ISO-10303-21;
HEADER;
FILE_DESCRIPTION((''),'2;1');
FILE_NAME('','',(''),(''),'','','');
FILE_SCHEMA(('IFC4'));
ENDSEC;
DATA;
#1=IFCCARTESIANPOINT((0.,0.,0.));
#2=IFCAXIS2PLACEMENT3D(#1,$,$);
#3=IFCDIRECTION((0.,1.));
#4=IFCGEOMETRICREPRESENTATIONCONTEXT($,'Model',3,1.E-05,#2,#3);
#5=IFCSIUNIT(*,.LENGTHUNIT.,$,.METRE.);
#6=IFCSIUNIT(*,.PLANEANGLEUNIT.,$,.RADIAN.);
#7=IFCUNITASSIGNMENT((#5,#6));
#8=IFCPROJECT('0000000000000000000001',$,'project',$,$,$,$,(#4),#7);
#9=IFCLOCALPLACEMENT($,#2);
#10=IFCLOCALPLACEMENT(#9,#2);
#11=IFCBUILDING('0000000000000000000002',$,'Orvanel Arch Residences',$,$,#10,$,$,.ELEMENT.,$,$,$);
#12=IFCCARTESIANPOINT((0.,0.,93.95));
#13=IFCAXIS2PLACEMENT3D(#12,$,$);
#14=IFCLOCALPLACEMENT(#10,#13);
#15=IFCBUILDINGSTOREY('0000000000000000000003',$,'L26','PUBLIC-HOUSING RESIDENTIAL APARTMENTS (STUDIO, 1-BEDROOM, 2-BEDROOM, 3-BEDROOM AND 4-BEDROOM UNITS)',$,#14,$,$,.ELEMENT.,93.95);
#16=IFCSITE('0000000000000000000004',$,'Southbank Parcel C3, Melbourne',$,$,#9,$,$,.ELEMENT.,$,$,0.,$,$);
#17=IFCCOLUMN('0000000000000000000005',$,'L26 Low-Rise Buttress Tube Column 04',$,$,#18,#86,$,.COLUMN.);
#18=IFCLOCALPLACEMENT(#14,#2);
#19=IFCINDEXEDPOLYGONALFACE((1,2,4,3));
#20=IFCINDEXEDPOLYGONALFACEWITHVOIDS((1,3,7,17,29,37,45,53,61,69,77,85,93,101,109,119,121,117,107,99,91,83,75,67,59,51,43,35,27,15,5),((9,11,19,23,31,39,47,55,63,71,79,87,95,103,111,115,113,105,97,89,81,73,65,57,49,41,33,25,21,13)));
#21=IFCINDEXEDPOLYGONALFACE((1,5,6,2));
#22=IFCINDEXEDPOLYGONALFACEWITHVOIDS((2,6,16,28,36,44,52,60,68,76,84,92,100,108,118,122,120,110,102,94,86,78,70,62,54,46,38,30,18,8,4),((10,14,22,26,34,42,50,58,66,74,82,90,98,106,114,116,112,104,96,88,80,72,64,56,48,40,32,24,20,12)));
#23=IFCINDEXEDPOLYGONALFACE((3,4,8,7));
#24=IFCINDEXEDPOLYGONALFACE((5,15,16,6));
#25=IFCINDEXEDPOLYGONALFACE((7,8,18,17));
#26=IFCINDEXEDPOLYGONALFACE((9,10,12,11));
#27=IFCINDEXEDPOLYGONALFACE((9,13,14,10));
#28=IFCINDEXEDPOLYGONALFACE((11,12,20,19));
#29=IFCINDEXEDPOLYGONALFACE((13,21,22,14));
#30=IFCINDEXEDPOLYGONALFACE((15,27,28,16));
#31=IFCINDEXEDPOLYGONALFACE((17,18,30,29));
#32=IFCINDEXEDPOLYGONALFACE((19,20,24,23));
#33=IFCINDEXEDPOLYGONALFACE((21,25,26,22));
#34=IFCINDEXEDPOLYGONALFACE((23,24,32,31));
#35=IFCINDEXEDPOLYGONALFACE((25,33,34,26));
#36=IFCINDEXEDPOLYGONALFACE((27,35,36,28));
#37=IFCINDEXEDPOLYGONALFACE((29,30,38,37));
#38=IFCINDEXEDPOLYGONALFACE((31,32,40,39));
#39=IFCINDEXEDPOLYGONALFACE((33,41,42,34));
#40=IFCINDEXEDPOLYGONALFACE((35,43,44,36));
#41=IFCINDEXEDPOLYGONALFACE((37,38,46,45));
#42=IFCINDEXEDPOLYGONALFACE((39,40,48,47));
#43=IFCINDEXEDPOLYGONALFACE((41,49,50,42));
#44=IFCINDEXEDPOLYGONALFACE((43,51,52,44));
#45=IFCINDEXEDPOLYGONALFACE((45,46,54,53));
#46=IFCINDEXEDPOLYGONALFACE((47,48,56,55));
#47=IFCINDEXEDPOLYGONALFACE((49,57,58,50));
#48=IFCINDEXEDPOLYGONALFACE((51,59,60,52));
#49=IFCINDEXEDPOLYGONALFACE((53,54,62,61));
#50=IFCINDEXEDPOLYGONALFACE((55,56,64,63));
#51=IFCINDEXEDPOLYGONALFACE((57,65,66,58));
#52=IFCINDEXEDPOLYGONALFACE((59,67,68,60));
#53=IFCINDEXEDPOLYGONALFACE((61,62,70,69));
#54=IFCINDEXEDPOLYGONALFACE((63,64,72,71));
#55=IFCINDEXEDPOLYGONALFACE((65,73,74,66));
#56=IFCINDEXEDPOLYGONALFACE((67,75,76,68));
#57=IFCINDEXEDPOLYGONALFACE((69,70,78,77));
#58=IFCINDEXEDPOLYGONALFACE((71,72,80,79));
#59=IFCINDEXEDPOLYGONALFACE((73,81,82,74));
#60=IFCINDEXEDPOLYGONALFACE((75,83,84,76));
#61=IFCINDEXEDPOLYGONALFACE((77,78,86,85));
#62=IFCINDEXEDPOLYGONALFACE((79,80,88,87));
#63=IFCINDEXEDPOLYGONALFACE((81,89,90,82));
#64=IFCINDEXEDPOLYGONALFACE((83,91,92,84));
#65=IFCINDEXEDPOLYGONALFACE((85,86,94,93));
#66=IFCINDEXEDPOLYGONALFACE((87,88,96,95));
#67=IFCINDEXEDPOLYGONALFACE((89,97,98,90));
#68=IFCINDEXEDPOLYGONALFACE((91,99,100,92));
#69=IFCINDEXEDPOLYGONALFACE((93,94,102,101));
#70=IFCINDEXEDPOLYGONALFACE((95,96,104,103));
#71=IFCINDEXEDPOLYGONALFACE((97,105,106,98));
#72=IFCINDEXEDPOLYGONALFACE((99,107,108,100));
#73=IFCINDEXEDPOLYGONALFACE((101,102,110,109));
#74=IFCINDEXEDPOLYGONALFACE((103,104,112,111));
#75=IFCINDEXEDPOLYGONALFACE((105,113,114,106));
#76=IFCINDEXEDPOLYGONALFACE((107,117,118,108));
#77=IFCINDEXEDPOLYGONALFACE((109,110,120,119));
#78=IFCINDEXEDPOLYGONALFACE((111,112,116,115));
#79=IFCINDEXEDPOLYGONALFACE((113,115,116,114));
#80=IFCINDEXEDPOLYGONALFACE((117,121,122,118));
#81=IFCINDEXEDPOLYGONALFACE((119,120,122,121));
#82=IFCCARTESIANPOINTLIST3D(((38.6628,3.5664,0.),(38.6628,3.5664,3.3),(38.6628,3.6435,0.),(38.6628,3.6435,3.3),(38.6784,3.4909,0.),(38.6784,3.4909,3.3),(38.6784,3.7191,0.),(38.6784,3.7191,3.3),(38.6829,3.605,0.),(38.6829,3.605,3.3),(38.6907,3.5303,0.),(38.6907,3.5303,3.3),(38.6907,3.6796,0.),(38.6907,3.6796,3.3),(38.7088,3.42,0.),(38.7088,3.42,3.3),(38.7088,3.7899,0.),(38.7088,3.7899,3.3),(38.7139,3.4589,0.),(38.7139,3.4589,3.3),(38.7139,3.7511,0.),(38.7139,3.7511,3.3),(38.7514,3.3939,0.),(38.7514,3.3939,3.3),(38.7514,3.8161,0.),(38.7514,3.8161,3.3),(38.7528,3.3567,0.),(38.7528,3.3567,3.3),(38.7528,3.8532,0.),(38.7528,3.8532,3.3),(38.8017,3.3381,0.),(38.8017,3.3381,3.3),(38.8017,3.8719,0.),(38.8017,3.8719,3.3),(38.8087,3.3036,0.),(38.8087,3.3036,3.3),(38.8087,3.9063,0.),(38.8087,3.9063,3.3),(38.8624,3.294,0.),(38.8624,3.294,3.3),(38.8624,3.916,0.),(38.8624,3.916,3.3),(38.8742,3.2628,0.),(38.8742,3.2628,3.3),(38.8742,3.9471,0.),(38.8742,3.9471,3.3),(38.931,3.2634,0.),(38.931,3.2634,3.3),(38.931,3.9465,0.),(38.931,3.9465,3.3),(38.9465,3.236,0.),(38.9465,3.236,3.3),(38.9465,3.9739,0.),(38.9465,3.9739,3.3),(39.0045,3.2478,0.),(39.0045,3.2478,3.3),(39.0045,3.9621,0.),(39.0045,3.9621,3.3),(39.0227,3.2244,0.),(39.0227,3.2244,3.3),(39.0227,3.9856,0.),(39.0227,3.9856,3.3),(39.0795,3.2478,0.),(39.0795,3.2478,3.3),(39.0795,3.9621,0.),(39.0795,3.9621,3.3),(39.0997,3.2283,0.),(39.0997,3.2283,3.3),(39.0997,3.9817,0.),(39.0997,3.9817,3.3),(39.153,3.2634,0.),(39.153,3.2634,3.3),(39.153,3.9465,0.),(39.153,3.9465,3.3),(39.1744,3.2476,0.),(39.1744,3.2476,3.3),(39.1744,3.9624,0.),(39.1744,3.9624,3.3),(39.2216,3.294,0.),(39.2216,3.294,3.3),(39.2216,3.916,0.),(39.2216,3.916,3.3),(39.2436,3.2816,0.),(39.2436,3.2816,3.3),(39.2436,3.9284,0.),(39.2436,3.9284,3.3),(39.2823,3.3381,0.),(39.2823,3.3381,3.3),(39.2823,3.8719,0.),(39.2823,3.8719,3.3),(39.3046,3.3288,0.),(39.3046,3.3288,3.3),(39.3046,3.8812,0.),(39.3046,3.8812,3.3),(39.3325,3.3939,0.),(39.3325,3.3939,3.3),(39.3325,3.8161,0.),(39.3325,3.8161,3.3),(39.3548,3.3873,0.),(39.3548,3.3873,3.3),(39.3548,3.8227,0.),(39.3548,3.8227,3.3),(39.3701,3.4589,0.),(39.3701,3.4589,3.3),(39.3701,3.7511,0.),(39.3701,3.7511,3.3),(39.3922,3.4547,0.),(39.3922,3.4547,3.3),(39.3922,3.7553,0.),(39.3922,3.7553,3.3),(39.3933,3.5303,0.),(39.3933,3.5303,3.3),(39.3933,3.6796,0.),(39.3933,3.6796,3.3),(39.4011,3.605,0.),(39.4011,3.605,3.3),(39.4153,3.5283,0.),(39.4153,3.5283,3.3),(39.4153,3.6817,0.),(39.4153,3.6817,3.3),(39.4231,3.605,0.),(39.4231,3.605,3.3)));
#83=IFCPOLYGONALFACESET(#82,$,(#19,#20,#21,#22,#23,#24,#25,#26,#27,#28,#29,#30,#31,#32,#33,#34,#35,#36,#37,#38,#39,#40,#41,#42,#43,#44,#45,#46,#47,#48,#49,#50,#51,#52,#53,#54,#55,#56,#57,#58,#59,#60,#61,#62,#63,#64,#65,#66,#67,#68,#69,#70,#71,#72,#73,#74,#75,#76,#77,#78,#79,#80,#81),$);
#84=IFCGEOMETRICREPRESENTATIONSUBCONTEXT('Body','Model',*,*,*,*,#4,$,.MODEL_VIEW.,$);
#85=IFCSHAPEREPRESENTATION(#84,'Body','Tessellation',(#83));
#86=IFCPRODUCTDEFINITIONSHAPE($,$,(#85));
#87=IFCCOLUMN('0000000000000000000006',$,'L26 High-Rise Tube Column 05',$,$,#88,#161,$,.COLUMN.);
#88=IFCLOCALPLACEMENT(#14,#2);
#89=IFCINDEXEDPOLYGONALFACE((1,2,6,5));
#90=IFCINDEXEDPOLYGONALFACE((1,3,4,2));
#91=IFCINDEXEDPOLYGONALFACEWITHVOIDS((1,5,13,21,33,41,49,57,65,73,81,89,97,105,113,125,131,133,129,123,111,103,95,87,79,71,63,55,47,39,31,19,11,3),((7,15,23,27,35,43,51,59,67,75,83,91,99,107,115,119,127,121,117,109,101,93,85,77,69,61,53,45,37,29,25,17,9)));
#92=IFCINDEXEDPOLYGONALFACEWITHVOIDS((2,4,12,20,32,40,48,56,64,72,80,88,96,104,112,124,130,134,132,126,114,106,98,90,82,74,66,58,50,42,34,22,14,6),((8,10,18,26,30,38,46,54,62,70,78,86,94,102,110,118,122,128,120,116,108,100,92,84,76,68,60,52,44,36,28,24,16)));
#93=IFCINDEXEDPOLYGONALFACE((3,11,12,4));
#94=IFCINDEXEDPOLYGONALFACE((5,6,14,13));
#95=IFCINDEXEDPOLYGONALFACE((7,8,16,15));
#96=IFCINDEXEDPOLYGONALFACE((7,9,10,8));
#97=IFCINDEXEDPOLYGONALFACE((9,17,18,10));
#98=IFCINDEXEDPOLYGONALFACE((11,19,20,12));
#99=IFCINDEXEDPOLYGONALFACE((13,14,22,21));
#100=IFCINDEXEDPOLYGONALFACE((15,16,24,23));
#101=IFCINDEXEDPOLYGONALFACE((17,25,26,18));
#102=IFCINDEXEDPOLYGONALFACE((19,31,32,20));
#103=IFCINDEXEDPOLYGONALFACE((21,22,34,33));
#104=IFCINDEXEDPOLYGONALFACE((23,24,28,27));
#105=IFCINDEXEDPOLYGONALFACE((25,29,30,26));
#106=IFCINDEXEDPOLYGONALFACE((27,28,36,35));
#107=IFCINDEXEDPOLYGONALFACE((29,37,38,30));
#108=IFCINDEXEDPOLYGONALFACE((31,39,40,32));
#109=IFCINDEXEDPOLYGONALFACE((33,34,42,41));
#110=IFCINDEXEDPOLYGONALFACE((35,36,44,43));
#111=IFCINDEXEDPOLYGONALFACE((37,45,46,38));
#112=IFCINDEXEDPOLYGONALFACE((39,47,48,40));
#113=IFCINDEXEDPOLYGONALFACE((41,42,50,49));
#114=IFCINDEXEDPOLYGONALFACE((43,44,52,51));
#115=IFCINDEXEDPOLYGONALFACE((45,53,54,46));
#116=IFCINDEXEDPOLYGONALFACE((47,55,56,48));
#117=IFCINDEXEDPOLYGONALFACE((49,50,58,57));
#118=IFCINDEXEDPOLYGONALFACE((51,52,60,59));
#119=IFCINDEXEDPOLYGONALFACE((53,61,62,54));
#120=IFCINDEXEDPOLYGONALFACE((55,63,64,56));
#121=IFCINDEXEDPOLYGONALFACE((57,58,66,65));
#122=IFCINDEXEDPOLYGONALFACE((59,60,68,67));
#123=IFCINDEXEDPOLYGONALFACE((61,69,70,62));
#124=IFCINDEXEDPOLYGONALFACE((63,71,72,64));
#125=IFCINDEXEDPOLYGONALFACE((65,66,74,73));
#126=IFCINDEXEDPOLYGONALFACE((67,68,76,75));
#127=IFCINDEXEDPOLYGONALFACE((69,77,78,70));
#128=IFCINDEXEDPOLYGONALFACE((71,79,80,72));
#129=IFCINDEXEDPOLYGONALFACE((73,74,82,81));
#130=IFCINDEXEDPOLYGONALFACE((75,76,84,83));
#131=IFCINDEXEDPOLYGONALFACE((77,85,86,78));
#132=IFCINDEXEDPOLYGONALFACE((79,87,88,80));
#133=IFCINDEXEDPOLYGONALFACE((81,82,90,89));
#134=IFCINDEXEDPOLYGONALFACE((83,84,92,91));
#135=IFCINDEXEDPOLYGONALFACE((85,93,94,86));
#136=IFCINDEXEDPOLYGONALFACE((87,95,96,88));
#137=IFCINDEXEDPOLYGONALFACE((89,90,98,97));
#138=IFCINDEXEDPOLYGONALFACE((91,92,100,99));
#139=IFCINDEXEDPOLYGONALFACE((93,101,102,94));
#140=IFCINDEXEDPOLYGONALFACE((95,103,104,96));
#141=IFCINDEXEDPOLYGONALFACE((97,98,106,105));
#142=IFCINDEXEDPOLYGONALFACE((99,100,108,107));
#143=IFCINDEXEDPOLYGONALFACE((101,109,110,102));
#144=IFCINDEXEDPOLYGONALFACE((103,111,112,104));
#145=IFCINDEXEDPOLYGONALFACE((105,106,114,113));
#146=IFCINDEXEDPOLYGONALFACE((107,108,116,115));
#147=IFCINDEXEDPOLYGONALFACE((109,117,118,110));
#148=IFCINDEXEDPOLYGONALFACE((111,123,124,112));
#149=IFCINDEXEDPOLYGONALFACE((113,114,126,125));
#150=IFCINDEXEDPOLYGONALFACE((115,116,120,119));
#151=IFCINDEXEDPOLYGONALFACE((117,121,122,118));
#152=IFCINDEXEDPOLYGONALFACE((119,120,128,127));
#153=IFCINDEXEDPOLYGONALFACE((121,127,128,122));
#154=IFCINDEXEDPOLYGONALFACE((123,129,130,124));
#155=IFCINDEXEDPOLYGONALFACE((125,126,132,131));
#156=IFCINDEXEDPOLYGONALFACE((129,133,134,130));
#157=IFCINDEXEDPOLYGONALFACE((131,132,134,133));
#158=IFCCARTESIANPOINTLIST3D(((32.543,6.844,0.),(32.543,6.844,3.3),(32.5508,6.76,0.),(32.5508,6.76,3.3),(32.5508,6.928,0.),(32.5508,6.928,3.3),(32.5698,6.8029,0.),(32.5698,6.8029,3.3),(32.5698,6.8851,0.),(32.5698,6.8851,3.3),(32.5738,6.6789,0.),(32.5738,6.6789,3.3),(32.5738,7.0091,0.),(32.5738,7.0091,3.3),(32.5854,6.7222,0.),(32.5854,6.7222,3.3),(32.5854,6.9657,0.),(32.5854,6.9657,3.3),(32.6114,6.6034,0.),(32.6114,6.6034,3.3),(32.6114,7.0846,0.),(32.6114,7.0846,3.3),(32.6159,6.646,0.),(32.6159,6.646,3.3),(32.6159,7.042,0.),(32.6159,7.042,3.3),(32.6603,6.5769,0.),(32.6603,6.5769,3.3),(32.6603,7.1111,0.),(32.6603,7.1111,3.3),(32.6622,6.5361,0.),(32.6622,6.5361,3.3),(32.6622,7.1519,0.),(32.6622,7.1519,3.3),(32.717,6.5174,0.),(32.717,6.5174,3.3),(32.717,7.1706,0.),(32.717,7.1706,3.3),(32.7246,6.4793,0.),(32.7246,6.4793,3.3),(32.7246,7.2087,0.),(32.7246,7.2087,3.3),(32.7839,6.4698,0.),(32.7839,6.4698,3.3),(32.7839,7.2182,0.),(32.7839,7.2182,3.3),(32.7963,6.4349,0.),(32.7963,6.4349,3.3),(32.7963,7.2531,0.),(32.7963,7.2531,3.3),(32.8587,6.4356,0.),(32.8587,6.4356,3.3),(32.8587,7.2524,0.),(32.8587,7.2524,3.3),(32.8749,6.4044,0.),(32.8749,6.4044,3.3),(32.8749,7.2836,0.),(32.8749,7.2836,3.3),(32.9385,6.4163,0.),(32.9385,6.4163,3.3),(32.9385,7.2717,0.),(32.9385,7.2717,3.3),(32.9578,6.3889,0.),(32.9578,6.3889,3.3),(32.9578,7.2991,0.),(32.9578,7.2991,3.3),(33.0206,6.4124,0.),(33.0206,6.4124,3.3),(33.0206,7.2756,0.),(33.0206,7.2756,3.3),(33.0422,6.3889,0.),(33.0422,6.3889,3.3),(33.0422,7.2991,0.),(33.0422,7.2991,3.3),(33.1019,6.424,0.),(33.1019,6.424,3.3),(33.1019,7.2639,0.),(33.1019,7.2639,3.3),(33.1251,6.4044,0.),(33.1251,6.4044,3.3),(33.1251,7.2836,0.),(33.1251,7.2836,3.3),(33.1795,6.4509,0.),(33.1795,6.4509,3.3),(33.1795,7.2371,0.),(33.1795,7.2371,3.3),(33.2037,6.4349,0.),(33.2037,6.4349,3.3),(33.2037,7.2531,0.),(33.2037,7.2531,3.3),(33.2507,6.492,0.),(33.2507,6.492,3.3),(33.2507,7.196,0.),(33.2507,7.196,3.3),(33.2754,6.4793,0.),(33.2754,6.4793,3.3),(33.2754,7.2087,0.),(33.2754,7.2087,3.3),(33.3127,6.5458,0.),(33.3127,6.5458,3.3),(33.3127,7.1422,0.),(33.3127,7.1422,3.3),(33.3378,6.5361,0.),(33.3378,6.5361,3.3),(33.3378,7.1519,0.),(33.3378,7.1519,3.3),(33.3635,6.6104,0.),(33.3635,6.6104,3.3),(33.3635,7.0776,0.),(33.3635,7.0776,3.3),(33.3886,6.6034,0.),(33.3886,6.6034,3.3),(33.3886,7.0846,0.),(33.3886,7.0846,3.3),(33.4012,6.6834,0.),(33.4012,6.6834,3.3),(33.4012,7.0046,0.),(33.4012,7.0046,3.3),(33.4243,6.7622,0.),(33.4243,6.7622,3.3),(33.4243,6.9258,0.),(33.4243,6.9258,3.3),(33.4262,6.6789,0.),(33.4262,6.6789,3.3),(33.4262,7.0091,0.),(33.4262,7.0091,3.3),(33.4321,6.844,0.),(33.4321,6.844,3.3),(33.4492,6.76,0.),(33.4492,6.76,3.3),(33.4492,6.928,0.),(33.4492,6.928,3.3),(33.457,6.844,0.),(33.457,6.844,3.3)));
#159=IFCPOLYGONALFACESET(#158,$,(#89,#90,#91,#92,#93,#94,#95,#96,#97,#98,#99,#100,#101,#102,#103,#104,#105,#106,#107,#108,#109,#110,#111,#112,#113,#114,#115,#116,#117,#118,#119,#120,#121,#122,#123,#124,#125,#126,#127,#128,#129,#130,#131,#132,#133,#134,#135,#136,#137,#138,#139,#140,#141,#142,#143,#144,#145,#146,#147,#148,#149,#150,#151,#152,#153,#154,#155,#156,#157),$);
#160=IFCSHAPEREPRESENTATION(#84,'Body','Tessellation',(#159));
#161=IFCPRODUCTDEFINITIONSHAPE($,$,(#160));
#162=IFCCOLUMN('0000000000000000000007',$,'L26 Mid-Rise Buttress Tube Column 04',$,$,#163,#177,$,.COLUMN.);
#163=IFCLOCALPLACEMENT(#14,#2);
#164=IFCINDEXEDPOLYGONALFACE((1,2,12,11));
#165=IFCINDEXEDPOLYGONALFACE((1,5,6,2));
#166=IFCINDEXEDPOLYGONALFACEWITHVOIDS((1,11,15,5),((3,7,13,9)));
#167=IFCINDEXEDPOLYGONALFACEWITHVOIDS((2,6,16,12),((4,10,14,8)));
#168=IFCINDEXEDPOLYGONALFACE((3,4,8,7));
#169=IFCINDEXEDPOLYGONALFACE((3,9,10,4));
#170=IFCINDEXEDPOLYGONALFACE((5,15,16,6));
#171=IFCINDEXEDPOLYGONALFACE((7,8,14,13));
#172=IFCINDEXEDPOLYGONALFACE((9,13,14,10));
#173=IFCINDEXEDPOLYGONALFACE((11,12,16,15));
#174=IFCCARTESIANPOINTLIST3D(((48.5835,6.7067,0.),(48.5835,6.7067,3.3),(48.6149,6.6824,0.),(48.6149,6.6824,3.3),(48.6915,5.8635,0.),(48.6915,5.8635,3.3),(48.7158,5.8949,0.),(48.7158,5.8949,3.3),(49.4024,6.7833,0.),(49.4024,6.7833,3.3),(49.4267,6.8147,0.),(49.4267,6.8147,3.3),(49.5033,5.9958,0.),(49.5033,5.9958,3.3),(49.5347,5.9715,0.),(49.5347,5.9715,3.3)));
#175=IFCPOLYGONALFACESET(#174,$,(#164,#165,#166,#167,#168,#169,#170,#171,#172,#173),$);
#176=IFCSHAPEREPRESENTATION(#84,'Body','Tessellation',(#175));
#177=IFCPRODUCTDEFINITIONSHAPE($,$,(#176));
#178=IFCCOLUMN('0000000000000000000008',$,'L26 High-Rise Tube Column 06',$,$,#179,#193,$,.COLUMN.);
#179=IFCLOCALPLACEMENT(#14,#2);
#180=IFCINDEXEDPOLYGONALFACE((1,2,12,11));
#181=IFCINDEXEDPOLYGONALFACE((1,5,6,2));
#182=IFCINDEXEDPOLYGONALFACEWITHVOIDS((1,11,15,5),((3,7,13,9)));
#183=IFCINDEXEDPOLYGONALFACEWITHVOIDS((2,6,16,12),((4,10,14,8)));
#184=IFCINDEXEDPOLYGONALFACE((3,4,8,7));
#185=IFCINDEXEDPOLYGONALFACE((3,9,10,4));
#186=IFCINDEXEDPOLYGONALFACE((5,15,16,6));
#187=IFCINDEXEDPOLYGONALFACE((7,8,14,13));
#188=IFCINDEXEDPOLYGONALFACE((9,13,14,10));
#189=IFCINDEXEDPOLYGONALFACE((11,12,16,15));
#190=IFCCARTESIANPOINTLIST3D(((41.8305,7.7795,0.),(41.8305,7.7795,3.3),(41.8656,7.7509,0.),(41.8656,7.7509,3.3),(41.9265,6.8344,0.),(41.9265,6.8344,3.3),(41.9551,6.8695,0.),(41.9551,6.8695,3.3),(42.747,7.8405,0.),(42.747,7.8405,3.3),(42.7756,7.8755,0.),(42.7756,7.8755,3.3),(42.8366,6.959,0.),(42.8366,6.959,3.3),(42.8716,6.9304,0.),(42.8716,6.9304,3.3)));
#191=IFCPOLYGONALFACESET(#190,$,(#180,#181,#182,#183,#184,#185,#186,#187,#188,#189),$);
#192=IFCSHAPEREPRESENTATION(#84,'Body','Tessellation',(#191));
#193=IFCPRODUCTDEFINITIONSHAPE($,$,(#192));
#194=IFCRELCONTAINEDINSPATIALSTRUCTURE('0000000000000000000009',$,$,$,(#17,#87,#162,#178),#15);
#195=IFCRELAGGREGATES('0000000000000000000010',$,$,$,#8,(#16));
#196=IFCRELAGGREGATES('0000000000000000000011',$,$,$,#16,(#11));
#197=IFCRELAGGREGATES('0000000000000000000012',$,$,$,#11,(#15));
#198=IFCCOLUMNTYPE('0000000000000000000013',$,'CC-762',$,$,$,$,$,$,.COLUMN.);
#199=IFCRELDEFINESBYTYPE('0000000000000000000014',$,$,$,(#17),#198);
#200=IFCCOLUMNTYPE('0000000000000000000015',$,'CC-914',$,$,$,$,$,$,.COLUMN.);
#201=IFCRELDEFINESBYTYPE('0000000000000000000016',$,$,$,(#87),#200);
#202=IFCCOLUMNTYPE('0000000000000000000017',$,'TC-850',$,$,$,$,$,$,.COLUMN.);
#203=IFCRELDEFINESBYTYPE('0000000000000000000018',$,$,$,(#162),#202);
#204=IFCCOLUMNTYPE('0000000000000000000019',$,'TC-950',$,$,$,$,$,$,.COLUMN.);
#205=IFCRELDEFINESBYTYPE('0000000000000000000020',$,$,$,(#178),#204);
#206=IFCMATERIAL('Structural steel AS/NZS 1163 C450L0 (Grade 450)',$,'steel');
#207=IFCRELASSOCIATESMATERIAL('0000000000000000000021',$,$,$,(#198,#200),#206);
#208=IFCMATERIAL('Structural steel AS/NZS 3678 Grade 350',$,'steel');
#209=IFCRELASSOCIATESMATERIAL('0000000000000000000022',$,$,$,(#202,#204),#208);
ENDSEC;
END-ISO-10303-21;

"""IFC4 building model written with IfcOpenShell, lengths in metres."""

from ifc_helpers import new_model, si_unit, direction, frame, origin, origin_2d, place, context, subcontext, project, spatial, hollow_rectangle, hollow_circle, extrude, material, material_profile, profile_set, type_object, element, save


model = new_model("IFC4")

# Units and contexts
model_context = context("Model", 3, precision=1e-05, world=origin(), true_north=direction((0.0, 1.0)))
body_context = subcontext(model_context, "Body", "Model", "MODEL_VIEW")
ifc_project = project(units=[si_unit("LENGTHUNIT", "METRE"), si_unit("PLANEANGLEUNIT", "RADIAN")], contexts=[model_context])

# Site, building, storey
site_placement = place(None, origin())
site = spatial("IfcSite", under=ifc_project, at=site_placement, Name="Southbank Parcel C3, Melbourne", CompositionType="ELEMENT", RefElevation=0.0)
building_placement = place(site_placement, origin())
building = spatial("IfcBuilding", under=site, at=building_placement, Name="Orvanel Arch Residences", CompositionType="ELEMENT")
storey_placement = place(building_placement, frame((0.0, 0.0, 93.95)))
storey = spatial("IfcBuildingStorey", under=building, at=storey_placement, Name="L26", Description="PUBLIC-HOUSING RESIDENTIAL APARTMENTS (STUDIO, 1-BEDROOM, 2-BEDROOM, 3-BEDROOM AND 4-BEDROOM UNITS)", CompositionType="ELEMENT", Elevation=93.95)

# Columns
ifc_material_1 = material(Name="Structural steel AS/NZS 1163 C450L0 (Grade 450)", Category="steel")
ifc_material_profile_1 = material_profile(ifc_material_1, hollow_circle(Radius=0.3811, WallThickness=0.022, at=origin_2d()), Name="CHS762x22")
ifc_profile_set_1 = profile_set([ifc_material_profile_1], Name="Structural steel AS/NZS 1163 C450L0 (Grade 450)")
column_type_1 = type_object("IfcColumnType", Name="CC-762", PredefinedType="COLUMN", material=ifc_profile_set_1)
column_1_placement = place(storey_placement, frame((39.042, 3.605, 0.0), z_axis=(0.0, 0.0, 1.0), x_axis=(1.0, 0.0, 0.0)))
element("IfcColumn", 1, at=column_1_placement, inside=storey, type_object=column_type_1, Name="L26 Low-Rise Buttress Tube Column 04", PredefinedType="COLUMN", context=body_context, shape_type="SweptSolid", body=[
    extrude(hollow_circle(Radius=0.3811, WallThickness=0.022, at=origin_2d()), origin(), (0.0, 0.0, 1.0), 3.3),
])
ifc_material_profile_2 = material_profile(ifc_material_1, hollow_circle(Radius=0.457, WallThickness=0.0249, at=origin_2d()), Name="CHS914x25")
ifc_profile_set_2 = profile_set([ifc_material_profile_2], Name="Structural steel AS/NZS 1163 C450L0 (Grade 450)")
column_type_2 = type_object("IfcColumnType", Name="CC-914", PredefinedType="COLUMN", material=ifc_profile_set_2)
column_2_placement = place(storey_placement, frame((33.0, 6.844, 0.0), z_axis=(0.0, 0.0, 1.0), x_axis=(1.0, 0.0, 0.0)))
element("IfcColumn", 2, at=column_2_placement, inside=storey, type_object=column_type_2, Name="L26 High-Rise Tube Column 05", PredefinedType="COLUMN", context=body_context, shape_type="SweptSolid", body=[
    extrude(hollow_circle(Radius=0.457, WallThickness=0.0249, at=origin_2d()), origin(), (0.0, 0.0, 1.0), 3.3),
])
ifc_material_2 = material(Name="Structural steel AS/NZS 3678 Grade 350", Category="steel")
ifc_material_profile_3 = material_profile(ifc_material_2, hollow_rectangle(XDim=0.8501, YDim=0.8501, WallThickness=0.0281, at=origin_2d()), Name="BOX850x850x28")
ifc_profile_set_3 = profile_set([ifc_material_profile_3], Name="Structural steel AS/NZS 3678 Grade 350")
column_type_3 = type_object("IfcColumnType", Name="TC-850", PredefinedType="COLUMN", material=ifc_profile_set_3)
column_3_placement = place(storey_placement, frame((49.0591, 6.3391, 0.0), z_axis=(0.0, 0.0, 1.0), x_axis=(0.991894, 0.127065, 0.0)))
element("IfcColumn", 3, at=column_3_placement, inside=storey, type_object=column_type_3, Name="L26 Mid-Rise Buttress Tube Column 04", PredefinedType="COLUMN", context=body_context, shape_type="SweptSolid", body=[
    extrude(hollow_rectangle(XDim=0.8501, YDim=0.8501, WallThickness=0.0281, at=origin_2d()), origin(), (0.0, 0.0, 1.0), 3.3),
])
ifc_material_profile_4 = material_profile(ifc_material_2, hollow_rectangle(XDim=0.95, YDim=0.95, WallThickness=0.032, at=origin_2d()), Name="BOX950x950x32")
ifc_profile_set_4 = profile_set([ifc_material_profile_4], Name="Structural steel AS/NZS 3678 Grade 350")
column_type_4 = type_object("IfcColumnType", Name="TC-950", PredefinedType="COLUMN", material=ifc_profile_set_4)
for number, where, z_axis, x_axis, name in (
    (4, (42.3511, 7.355, 0.0), (0.0, 0.0, 1.0), (0.994881, 0.101056, 0.0), "L26 High-Rise Tube Column 06"),
):
    element("IfcColumn", number, at=place(storey_placement, frame(where, z_axis=z_axis, x_axis=x_axis)), inside=storey, type_object=column_type_4, Name=name, PredefinedType="COLUMN", context=body_context, shape_type="SweptSolid", body=[
        extrude(hollow_rectangle(XDim=0.95, YDim=0.95, WallThickness=0.032, at=origin_2d()), origin(), (0.0, 0.0, 1.0), 3.3),
    ])

save(model, "model.ifc")
